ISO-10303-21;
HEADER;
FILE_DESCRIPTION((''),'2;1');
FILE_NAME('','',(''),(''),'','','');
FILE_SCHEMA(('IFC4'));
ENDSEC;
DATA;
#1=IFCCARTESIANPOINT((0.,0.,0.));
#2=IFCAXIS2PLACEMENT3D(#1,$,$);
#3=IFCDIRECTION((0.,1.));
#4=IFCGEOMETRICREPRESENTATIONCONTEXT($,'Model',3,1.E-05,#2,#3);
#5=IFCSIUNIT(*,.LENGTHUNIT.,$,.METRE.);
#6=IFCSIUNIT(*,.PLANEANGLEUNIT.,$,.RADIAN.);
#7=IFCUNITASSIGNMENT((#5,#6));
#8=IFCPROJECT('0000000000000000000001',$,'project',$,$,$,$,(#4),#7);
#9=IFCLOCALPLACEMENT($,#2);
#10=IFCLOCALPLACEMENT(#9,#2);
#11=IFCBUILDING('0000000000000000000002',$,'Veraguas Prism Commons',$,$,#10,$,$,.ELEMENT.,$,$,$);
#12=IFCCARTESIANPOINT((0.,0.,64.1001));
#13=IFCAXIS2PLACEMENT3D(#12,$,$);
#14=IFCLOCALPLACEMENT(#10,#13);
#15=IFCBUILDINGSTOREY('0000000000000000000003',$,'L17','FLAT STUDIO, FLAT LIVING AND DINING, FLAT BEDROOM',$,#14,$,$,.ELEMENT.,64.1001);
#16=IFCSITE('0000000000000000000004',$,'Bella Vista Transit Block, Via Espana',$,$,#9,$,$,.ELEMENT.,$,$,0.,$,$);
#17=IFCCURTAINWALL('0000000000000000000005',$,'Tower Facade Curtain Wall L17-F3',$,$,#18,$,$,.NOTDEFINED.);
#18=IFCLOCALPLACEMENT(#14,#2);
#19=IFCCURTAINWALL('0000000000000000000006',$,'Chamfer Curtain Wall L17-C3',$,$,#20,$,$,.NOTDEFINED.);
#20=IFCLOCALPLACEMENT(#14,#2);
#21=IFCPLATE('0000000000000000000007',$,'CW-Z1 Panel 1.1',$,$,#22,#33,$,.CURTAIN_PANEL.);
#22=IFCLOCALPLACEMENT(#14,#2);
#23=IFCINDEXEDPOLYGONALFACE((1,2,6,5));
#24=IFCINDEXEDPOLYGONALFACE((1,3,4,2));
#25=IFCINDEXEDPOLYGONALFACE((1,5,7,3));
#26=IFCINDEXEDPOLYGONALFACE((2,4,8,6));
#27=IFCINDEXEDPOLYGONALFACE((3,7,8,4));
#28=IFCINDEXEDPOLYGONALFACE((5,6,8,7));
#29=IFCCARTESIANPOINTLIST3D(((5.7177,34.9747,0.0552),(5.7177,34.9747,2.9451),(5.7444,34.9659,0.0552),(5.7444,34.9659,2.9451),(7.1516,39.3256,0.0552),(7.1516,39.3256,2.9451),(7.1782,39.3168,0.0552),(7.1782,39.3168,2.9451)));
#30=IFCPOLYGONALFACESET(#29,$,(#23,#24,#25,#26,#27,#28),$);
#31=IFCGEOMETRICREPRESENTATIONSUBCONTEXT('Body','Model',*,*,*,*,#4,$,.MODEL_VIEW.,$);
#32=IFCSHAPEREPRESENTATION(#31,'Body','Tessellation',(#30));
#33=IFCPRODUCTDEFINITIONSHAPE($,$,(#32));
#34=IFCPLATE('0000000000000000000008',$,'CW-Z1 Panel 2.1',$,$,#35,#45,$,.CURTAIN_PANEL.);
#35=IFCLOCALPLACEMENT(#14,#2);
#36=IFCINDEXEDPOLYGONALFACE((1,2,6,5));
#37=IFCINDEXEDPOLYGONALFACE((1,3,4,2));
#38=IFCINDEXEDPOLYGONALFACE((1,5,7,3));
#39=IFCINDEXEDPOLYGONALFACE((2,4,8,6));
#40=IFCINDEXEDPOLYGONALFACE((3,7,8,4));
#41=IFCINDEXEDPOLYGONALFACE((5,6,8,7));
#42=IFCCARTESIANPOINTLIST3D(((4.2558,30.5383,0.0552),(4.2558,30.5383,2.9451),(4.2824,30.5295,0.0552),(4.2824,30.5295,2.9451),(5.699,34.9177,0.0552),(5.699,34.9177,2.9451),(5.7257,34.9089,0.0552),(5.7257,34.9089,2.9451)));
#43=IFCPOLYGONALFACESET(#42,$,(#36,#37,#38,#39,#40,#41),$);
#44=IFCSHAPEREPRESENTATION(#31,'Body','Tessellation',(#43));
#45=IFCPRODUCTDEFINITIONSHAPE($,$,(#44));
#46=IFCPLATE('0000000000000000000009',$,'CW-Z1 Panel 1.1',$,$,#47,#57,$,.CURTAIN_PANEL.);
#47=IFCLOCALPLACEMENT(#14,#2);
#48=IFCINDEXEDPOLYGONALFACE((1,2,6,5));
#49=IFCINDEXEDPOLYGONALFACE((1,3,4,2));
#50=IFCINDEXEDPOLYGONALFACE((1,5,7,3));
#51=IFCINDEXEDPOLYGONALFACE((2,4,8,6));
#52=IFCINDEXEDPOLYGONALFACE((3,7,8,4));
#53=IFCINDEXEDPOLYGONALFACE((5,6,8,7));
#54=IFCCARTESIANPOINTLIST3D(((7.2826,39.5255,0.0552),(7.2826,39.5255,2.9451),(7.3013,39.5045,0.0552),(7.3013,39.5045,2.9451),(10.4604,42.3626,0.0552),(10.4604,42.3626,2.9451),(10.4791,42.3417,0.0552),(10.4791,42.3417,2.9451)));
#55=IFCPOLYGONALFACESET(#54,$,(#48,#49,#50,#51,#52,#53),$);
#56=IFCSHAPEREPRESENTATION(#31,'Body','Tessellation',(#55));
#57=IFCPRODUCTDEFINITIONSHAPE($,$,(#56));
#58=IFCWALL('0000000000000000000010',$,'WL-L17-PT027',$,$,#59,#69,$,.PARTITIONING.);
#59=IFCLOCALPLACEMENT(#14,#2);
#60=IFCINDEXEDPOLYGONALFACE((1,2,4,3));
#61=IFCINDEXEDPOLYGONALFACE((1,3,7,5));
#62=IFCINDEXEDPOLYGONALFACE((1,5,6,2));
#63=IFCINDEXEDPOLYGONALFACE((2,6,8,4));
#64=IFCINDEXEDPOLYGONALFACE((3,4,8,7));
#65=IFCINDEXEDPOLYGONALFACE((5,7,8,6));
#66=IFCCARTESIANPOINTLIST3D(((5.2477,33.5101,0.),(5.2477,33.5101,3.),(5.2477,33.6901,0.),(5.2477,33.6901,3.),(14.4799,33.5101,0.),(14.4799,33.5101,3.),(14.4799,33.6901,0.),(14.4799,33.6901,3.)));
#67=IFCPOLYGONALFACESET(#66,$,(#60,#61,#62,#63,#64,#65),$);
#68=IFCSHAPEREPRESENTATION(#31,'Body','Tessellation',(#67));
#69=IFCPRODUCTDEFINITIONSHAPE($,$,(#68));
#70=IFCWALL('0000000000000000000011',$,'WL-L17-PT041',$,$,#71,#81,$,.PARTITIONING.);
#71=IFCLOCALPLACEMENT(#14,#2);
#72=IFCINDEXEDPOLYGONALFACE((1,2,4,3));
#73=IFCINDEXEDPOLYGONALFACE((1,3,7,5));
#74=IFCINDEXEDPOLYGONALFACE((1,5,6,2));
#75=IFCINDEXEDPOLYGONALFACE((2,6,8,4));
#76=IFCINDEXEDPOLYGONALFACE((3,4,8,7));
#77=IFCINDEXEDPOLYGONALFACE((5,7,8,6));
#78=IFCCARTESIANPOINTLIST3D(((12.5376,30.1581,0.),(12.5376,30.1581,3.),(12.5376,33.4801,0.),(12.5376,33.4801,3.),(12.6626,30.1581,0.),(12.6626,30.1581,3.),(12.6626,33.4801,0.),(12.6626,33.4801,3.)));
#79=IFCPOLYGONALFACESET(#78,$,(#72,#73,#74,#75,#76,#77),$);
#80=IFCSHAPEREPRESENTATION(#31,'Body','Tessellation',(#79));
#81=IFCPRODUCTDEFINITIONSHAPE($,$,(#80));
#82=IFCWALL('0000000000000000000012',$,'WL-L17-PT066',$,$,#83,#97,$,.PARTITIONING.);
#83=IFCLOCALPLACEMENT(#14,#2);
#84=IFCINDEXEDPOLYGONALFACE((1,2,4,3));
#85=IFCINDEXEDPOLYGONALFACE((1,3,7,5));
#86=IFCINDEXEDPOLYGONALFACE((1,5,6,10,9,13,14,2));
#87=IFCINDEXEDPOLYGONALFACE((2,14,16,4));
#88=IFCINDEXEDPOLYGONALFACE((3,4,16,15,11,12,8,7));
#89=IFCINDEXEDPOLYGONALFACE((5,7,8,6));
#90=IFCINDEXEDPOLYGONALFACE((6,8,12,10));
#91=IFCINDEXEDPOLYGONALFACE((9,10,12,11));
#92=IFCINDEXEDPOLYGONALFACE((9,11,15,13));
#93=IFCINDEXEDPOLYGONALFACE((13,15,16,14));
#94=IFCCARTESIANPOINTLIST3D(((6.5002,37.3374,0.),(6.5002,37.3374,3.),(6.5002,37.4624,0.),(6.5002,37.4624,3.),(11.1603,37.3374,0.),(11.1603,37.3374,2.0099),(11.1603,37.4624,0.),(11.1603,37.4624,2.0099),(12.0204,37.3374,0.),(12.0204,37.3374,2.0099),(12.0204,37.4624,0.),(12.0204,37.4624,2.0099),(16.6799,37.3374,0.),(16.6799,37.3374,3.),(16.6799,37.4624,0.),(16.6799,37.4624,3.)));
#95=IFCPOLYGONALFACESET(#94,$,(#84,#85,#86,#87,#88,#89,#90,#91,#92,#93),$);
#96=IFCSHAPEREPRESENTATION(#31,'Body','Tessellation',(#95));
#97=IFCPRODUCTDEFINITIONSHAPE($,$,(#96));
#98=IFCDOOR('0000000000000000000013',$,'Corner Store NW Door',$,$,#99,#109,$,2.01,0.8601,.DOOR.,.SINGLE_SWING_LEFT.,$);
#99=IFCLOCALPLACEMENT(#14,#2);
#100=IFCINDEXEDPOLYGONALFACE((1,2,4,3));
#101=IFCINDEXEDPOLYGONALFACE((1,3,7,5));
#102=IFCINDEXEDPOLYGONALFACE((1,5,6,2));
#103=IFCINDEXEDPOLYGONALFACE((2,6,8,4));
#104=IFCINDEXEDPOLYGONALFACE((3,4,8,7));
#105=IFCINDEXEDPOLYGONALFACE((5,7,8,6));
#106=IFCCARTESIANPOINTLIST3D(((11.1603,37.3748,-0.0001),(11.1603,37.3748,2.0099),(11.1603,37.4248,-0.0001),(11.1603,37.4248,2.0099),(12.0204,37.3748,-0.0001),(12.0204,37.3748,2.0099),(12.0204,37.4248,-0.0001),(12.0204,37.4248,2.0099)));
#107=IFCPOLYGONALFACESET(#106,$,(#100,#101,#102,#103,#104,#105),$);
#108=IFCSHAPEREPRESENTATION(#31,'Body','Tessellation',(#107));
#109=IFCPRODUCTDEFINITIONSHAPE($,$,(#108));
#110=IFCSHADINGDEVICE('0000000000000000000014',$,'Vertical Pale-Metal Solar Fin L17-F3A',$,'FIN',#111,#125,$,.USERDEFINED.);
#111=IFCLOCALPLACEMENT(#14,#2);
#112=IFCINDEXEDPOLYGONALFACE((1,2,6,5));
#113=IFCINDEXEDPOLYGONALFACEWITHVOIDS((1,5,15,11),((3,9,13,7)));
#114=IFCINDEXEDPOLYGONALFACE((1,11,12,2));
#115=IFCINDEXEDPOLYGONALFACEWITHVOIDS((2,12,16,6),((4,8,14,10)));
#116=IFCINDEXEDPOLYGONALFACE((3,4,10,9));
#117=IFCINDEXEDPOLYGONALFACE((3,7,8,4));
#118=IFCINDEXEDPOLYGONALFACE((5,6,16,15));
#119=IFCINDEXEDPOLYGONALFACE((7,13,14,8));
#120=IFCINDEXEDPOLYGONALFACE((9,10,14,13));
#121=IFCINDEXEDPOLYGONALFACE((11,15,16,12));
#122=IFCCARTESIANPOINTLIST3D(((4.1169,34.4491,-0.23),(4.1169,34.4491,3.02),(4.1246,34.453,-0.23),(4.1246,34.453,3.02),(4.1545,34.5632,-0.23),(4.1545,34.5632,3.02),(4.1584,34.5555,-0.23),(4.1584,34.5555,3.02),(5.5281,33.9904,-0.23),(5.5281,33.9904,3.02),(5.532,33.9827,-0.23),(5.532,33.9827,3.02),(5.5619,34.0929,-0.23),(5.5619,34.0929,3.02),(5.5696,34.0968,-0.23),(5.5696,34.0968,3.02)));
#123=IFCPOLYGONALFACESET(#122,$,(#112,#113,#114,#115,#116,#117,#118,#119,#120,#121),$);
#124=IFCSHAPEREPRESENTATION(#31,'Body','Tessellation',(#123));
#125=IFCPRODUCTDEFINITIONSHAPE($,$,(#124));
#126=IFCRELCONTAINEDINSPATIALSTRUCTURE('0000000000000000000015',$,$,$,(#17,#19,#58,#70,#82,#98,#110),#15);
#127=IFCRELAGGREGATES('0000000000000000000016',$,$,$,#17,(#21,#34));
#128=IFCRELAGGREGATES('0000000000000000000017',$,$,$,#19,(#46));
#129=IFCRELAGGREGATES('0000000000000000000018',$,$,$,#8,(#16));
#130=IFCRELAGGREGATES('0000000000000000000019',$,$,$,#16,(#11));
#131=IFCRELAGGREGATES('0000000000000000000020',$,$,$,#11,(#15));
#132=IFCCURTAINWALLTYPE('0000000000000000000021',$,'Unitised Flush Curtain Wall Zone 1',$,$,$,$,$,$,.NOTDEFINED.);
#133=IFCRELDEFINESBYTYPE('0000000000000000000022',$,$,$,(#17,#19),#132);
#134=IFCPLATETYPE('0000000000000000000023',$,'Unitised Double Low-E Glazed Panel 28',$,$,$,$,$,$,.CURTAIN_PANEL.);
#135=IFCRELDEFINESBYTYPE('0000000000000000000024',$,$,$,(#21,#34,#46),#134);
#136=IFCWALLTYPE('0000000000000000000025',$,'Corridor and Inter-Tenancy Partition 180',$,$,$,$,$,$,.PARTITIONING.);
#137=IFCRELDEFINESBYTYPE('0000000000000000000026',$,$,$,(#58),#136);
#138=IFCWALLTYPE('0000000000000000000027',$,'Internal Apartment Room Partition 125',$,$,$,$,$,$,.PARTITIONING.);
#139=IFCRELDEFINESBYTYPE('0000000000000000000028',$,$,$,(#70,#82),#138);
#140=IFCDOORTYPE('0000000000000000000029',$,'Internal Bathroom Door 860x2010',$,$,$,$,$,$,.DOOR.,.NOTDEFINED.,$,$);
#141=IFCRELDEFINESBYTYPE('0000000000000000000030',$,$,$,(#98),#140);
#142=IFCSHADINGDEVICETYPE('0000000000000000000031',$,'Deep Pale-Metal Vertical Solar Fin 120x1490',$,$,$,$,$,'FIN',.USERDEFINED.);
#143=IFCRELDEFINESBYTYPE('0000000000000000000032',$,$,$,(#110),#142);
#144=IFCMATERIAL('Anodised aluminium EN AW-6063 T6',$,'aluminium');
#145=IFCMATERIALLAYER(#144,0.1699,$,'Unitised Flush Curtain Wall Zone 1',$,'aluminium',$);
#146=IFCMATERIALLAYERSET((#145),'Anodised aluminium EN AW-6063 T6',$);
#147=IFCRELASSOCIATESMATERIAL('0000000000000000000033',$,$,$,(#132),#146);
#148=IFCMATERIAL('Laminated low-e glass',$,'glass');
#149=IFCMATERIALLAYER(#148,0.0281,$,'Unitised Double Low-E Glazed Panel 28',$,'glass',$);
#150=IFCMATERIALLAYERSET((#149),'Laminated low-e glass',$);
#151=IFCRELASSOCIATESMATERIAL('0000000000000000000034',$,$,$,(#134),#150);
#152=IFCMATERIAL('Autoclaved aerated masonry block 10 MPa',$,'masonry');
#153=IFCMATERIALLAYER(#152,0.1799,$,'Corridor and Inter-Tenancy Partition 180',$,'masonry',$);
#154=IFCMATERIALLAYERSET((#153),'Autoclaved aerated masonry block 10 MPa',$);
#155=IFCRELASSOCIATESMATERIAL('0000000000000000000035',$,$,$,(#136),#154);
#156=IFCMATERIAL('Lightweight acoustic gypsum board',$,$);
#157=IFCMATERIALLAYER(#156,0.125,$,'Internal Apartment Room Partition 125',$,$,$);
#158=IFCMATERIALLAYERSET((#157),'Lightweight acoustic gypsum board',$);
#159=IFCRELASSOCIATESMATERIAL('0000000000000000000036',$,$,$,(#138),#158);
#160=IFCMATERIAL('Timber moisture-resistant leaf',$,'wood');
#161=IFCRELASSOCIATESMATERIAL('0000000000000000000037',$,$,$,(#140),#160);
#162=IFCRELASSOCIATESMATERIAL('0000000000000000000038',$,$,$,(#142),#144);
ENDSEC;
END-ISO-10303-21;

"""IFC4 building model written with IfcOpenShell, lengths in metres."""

from ifc_helpers import new_model, si_unit, direction, frame, frame_2d, origin, origin_2d, place, context, subcontext, project, spatial, rectangle, hollow_rectangle, extrude, source, transform, mapped, material, layer, layer_set, material_profile, profile_set, type_object, element, fill, aggregate, save


model = new_model("IFC4")

# Units and contexts
model_context = context("Model", 3, precision=1e-05, world=origin(), true_north=direction((0.0, 1.0)))
body_context = subcontext(model_context, "Body", "Model", "MODEL_VIEW")
ifc_project = project(units=[si_unit("LENGTHUNIT", "METRE"), si_unit("PLANEANGLEUNIT", "RADIAN")], contexts=[model_context])

# Site, building, storey
site_placement = place(None, origin())
site = spatial("IfcSite", under=ifc_project, at=site_placement, Name="Bella Vista Transit Block, Via Espana", CompositionType="ELEMENT", RefElevation=0.0)
building_placement = place(site_placement, origin())
building = spatial("IfcBuilding", under=site, at=building_placement, Name="Veraguas Prism Commons", CompositionType="ELEMENT")
storey_placement = place(building_placement, frame((0.0, 0.0, 64.1001)))
storey = spatial("IfcBuildingStorey", under=building, at=storey_placement, Name="L17", Description="FLAT STUDIO, FLAT LIVING AND DINING, FLAT BEDROOM", CompositionType="ELEMENT", Elevation=64.1001)

# Curtain walls
ifc_material_1 = material(Name="Anodised aluminium EN AW-6063 T6", Category="aluminium")
ifc_layer_1 = layer(ifc_material_1, 0.1699, Name="Unitised Flush Curtain Wall Zone 1", Category="aluminium")
ifc_layer_set_1 = layer_set([ifc_layer_1], Name="Anodised aluminium EN AW-6063 T6")
curtain_wall_type = type_object("IfcCurtainWallType", Name="Unitised Flush Curtain Wall Zone 1", PredefinedType="NOTDEFINED", material=ifc_layer_set_1)
curtain_wall_1_placement = place(storey_placement, origin())
curtain_wall_1 = element("IfcCurtainWall", 1, at=curtain_wall_1_placement, inside=storey, type_object=curtain_wall_type, Name="Tower Facade Curtain Wall L17-F3", PredefinedType="NOTDEFINED")
curtain_wall_2_placement = place(storey_placement, origin())
curtain_wall_2 = element("IfcCurtainWall", 2, at=curtain_wall_2_placement, inside=storey, type_object=curtain_wall_type, Name="Chamfer Curtain Wall L17-C3", PredefinedType="NOTDEFINED")

# Plates
ifc_material_2 = material(Name="Laminated low-e glass", Category="glass")
ifc_layer_2 = layer(ifc_material_2, 0.0281, Name="Unitised Double Low-E Glazed Panel 28", Category="glass")
ifc_layer_set_2 = layer_set([ifc_layer_2], Name="Laminated low-e glass")
plate_type = type_object("IfcPlateType", Name="Unitised Double Low-E Glazed Panel 28", PredefinedType="CURTAIN_PANEL", material=ifc_layer_set_2)
shared_shape_1 = source(origin(), body_context, "Body", "SweptSolid", [
    extrude(rectangle(XDim=4.5811, YDim=0.0281, at=origin_2d()), origin(), (0.0, 0.0, 1.0), 2.8899),
])
plate_1_placement = place(storey_placement, frame((6.448, 37.1458, 0.0552), z_axis=(0.0, 0.0, 1.0), x_axis=(-0.312991, -0.949756, 0.0)))
plate_1 = element("IfcPlate", 3, at=plate_1_placement, type_object=plate_type, Name="CW-Z1 Panel 1.1", PredefinedType="CURTAIN_PANEL", context=body_context, shape_type="MappedRepresentation", body=[
    mapped(shared_shape_1, transform((0.0, 0.0, 0.0), scale=1.0)),
])
shared_shape_2 = source(origin(), body_context, "Body", "SweptSolid", [
    extrude(rectangle(XDim=4.6111, YDim=0.0281, at=origin_2d()), origin(), (0.0, 0.0, 1.0), 2.8899),
])
plate_2_placement = place(storey_placement, frame((4.9907, 32.7236, 0.0552), z_axis=(0.0, 0.0, 1.0), x_axis=(-0.312991, -0.949756, 0.0)))
plate_2 = element("IfcPlate", 4, at=plate_2_placement, type_object=plate_type, Name="CW-Z1 Panel 2.1", PredefinedType="CURTAIN_PANEL", context=body_context, shape_type="MappedRepresentation", body=[
    mapped(shared_shape_2, transform((0.0, 0.0, 0.0), scale=1.0)),
])
aggregate(curtain_wall_1, [plate_1, plate_2])
shared_shape_3 = source(origin(), body_context, "Body", "SweptSolid", [
    extrude(rectangle(XDim=4.26, YDim=0.0281, at=origin_2d()), origin(), (0.0, 0.0, 1.0), 2.8899),
])
plate_3_placement = place(storey_placement, frame((8.8809, 40.9336, 0.0552), z_axis=(0.0, 0.0, 1.0), x_axis=(-0.745954, -0.665998, 0.0)))
plate_3 = element("IfcPlate", 5, at=plate_3_placement, type_object=plate_type, Name="CW-Z1 Panel 1.1", PredefinedType="CURTAIN_PANEL", context=body_context, shape_type="MappedRepresentation", body=[
    mapped(shared_shape_3, transform((0.0, 0.0, 0.0), scale=1.0)),
])
aggregate(curtain_wall_2, [plate_3])

# Walls
ifc_material_3 = material(Name="Autoclaved aerated masonry block 10 MPa", Category="masonry")
ifc_layer_3 = layer(ifc_material_3, 0.1799, Name="Corridor and Inter-Tenancy Partition 180", Category="masonry")
ifc_layer_set_3 = layer_set([ifc_layer_3], Name="Autoclaved aerated masonry block 10 MPa")
wall_type_1 = type_object("IfcWallType", Name="Corridor and Inter-Tenancy Partition 180", PredefinedType="PARTITIONING", material=ifc_layer_set_3)
wall_1_placement = place(storey_placement, frame((14.48, 33.6001, 0.0), z_axis=(0.0, 0.0, 1.0), x_axis=(-1.0, 0.0, 0.0)))
element("IfcWall", 6, at=wall_1_placement, inside=storey, type_object=wall_type_1, Name="WL-L17-PT027", PredefinedType="PARTITIONING", context=body_context, shape_type="SweptSolid", body=[
    extrude(rectangle(XDim=9.2322, YDim=0.1799, at=frame_2d((4.6162, 0.0))), origin(), (0.0, 0.0, 1.0), 3.0),
])
ifc_material_4 = material(Name="Lightweight acoustic gypsum board")
ifc_layer_4 = layer(ifc_material_4, 0.125, Name="Internal Apartment Room Partition 125")
ifc_layer_set_4 = layer_set([ifc_layer_4], Name="Lightweight acoustic gypsum board")
wall_type_2 = type_object("IfcWallType", Name="Internal Apartment Room Partition 125", PredefinedType="PARTITIONING", material=ifc_layer_set_4)
wall_2_placement = place(storey_placement, frame((12.6001, 30.158, 0.0), z_axis=(0.0, 0.0, 1.0), x_axis=(0.0, 1.0, 0.0)))
element("IfcWall", 7, at=wall_2_placement, inside=storey, type_object=wall_type_2, Name="WL-L17-PT041", PredefinedType="PARTITIONING", context=body_context, shape_type="SweptSolid", body=[
    extrude(rectangle(XDim=3.322, YDim=0.125, at=frame_2d((1.6611, 0.0))), origin(), (0.0, 0.0, 1.0), 3.0),
])

# Wall, opening, door
wall_3_placement = place(storey_placement, frame((6.5002, 37.3999, 0.0), z_axis=(0.0, 0.0, 1.0), x_axis=(1.0, 0.0, 0.0)))
wall_3 = element("IfcWall", 8, at=wall_3_placement, inside=storey, type_object=wall_type_2, Name="WL-L17-PT066", PredefinedType="PARTITIONING", context=body_context, shape_type="SweptSolid", body=[
    extrude(rectangle(XDim=10.1797, YDim=0.125, at=frame_2d((5.0898, 0.0))), origin(), (0.0, 0.0, 1.0), 3.0),
])
opening_placement = place(wall_3_placement, frame((4.6599, 0.0, 0.0)))
opening = element("IfcOpeningElement", 9, at=opening_placement, cuts=wall_3, PredefinedType="OPENING", context=body_context, shape_type="SweptSolid", body=[
    extrude(rectangle(XDim=0.8601, YDim=2.01, at=frame_2d((0.4302, 1.0049))), frame((0.0, 0.0725, 0.0), z_axis=(0.0, -1.0, 0.0), x_axis=(1.0, 0.0, 0.0)), (0.0, 0.0, 1.0), 0.145),
])
ifc_material_5 = material(Name="Timber moisture-resistant leaf", Category="wood")
door_type = type_object("IfcDoorType", Name="Internal Bathroom Door 860x2010", OperationType="NOTDEFINED", PredefinedType="DOOR", material=ifc_material_5)
shared_shape_4 = source(origin(), body_context, "Body", "SweptSolid", [
    extrude(rectangle(XDim=0.8601, YDim=2.01, at=frame_2d((0.4302, 1.0049))), frame((0.0, 0.0249, 0.0), z_axis=(0.0, -1.0, 0.0), x_axis=(1.0, 0.0, 0.0)), (0.0, 0.0, 1.0), 0.05),
])
door_placement = place(opening_placement, origin())
door = element("IfcDoor", 10, at=door_placement, inside=storey, type_object=door_type, Name="Corner Store NW Door", OperationType="SINGLE_SWING_LEFT", OverallHeight=2.01, OverallWidth=0.8601, PredefinedType="DOOR", context=body_context, shape_type="MappedRepresentation", body=[
    mapped(shared_shape_4, transform((0.0, 0.0, 0.0), scale=1.0)),
])
fill(opening, door)

# Shading device
ifc_material_profile_1 = material_profile(ifc_material_1, hollow_rectangle(XDim=0.1201, YDim=1.49, WallThickness=0.0061, at=origin_2d()), Name="FIN120X1490X6")
ifc_profile_set_1 = profile_set([ifc_material_profile_1], Name="Anodised aluminium EN AW-6063 T6")
shading_device_type = type_object("IfcShadingDeviceType", Name="Deep Pale-Metal Vertical Solar Fin 120x1490", ElementType="FIN", PredefinedType="USERDEFINED", material=ifc_profile_set_1)
shading_device_placement = place(storey_placement, frame((4.8433, 34.2729, -0.23), z_axis=(0.0, 0.0, 1.0), x_axis=(-0.312993, -0.949755, 0.0)))
element("IfcShadingDevice", 11, at=shading_device_placement, inside=storey, type_object=shading_device_type, Name="Vertical Pale-Metal Solar Fin L17-F3A", ObjectType="FIN", PredefinedType="USERDEFINED", context=body_context, shape_type="SweptSolid", body=[
    extrude(hollow_rectangle(XDim=0.1201, YDim=1.49, WallThickness=0.0061, at=origin_2d()), origin(), (0.0, 0.0, 1.0), 3.25),
])

save(model, "model.ifc")
